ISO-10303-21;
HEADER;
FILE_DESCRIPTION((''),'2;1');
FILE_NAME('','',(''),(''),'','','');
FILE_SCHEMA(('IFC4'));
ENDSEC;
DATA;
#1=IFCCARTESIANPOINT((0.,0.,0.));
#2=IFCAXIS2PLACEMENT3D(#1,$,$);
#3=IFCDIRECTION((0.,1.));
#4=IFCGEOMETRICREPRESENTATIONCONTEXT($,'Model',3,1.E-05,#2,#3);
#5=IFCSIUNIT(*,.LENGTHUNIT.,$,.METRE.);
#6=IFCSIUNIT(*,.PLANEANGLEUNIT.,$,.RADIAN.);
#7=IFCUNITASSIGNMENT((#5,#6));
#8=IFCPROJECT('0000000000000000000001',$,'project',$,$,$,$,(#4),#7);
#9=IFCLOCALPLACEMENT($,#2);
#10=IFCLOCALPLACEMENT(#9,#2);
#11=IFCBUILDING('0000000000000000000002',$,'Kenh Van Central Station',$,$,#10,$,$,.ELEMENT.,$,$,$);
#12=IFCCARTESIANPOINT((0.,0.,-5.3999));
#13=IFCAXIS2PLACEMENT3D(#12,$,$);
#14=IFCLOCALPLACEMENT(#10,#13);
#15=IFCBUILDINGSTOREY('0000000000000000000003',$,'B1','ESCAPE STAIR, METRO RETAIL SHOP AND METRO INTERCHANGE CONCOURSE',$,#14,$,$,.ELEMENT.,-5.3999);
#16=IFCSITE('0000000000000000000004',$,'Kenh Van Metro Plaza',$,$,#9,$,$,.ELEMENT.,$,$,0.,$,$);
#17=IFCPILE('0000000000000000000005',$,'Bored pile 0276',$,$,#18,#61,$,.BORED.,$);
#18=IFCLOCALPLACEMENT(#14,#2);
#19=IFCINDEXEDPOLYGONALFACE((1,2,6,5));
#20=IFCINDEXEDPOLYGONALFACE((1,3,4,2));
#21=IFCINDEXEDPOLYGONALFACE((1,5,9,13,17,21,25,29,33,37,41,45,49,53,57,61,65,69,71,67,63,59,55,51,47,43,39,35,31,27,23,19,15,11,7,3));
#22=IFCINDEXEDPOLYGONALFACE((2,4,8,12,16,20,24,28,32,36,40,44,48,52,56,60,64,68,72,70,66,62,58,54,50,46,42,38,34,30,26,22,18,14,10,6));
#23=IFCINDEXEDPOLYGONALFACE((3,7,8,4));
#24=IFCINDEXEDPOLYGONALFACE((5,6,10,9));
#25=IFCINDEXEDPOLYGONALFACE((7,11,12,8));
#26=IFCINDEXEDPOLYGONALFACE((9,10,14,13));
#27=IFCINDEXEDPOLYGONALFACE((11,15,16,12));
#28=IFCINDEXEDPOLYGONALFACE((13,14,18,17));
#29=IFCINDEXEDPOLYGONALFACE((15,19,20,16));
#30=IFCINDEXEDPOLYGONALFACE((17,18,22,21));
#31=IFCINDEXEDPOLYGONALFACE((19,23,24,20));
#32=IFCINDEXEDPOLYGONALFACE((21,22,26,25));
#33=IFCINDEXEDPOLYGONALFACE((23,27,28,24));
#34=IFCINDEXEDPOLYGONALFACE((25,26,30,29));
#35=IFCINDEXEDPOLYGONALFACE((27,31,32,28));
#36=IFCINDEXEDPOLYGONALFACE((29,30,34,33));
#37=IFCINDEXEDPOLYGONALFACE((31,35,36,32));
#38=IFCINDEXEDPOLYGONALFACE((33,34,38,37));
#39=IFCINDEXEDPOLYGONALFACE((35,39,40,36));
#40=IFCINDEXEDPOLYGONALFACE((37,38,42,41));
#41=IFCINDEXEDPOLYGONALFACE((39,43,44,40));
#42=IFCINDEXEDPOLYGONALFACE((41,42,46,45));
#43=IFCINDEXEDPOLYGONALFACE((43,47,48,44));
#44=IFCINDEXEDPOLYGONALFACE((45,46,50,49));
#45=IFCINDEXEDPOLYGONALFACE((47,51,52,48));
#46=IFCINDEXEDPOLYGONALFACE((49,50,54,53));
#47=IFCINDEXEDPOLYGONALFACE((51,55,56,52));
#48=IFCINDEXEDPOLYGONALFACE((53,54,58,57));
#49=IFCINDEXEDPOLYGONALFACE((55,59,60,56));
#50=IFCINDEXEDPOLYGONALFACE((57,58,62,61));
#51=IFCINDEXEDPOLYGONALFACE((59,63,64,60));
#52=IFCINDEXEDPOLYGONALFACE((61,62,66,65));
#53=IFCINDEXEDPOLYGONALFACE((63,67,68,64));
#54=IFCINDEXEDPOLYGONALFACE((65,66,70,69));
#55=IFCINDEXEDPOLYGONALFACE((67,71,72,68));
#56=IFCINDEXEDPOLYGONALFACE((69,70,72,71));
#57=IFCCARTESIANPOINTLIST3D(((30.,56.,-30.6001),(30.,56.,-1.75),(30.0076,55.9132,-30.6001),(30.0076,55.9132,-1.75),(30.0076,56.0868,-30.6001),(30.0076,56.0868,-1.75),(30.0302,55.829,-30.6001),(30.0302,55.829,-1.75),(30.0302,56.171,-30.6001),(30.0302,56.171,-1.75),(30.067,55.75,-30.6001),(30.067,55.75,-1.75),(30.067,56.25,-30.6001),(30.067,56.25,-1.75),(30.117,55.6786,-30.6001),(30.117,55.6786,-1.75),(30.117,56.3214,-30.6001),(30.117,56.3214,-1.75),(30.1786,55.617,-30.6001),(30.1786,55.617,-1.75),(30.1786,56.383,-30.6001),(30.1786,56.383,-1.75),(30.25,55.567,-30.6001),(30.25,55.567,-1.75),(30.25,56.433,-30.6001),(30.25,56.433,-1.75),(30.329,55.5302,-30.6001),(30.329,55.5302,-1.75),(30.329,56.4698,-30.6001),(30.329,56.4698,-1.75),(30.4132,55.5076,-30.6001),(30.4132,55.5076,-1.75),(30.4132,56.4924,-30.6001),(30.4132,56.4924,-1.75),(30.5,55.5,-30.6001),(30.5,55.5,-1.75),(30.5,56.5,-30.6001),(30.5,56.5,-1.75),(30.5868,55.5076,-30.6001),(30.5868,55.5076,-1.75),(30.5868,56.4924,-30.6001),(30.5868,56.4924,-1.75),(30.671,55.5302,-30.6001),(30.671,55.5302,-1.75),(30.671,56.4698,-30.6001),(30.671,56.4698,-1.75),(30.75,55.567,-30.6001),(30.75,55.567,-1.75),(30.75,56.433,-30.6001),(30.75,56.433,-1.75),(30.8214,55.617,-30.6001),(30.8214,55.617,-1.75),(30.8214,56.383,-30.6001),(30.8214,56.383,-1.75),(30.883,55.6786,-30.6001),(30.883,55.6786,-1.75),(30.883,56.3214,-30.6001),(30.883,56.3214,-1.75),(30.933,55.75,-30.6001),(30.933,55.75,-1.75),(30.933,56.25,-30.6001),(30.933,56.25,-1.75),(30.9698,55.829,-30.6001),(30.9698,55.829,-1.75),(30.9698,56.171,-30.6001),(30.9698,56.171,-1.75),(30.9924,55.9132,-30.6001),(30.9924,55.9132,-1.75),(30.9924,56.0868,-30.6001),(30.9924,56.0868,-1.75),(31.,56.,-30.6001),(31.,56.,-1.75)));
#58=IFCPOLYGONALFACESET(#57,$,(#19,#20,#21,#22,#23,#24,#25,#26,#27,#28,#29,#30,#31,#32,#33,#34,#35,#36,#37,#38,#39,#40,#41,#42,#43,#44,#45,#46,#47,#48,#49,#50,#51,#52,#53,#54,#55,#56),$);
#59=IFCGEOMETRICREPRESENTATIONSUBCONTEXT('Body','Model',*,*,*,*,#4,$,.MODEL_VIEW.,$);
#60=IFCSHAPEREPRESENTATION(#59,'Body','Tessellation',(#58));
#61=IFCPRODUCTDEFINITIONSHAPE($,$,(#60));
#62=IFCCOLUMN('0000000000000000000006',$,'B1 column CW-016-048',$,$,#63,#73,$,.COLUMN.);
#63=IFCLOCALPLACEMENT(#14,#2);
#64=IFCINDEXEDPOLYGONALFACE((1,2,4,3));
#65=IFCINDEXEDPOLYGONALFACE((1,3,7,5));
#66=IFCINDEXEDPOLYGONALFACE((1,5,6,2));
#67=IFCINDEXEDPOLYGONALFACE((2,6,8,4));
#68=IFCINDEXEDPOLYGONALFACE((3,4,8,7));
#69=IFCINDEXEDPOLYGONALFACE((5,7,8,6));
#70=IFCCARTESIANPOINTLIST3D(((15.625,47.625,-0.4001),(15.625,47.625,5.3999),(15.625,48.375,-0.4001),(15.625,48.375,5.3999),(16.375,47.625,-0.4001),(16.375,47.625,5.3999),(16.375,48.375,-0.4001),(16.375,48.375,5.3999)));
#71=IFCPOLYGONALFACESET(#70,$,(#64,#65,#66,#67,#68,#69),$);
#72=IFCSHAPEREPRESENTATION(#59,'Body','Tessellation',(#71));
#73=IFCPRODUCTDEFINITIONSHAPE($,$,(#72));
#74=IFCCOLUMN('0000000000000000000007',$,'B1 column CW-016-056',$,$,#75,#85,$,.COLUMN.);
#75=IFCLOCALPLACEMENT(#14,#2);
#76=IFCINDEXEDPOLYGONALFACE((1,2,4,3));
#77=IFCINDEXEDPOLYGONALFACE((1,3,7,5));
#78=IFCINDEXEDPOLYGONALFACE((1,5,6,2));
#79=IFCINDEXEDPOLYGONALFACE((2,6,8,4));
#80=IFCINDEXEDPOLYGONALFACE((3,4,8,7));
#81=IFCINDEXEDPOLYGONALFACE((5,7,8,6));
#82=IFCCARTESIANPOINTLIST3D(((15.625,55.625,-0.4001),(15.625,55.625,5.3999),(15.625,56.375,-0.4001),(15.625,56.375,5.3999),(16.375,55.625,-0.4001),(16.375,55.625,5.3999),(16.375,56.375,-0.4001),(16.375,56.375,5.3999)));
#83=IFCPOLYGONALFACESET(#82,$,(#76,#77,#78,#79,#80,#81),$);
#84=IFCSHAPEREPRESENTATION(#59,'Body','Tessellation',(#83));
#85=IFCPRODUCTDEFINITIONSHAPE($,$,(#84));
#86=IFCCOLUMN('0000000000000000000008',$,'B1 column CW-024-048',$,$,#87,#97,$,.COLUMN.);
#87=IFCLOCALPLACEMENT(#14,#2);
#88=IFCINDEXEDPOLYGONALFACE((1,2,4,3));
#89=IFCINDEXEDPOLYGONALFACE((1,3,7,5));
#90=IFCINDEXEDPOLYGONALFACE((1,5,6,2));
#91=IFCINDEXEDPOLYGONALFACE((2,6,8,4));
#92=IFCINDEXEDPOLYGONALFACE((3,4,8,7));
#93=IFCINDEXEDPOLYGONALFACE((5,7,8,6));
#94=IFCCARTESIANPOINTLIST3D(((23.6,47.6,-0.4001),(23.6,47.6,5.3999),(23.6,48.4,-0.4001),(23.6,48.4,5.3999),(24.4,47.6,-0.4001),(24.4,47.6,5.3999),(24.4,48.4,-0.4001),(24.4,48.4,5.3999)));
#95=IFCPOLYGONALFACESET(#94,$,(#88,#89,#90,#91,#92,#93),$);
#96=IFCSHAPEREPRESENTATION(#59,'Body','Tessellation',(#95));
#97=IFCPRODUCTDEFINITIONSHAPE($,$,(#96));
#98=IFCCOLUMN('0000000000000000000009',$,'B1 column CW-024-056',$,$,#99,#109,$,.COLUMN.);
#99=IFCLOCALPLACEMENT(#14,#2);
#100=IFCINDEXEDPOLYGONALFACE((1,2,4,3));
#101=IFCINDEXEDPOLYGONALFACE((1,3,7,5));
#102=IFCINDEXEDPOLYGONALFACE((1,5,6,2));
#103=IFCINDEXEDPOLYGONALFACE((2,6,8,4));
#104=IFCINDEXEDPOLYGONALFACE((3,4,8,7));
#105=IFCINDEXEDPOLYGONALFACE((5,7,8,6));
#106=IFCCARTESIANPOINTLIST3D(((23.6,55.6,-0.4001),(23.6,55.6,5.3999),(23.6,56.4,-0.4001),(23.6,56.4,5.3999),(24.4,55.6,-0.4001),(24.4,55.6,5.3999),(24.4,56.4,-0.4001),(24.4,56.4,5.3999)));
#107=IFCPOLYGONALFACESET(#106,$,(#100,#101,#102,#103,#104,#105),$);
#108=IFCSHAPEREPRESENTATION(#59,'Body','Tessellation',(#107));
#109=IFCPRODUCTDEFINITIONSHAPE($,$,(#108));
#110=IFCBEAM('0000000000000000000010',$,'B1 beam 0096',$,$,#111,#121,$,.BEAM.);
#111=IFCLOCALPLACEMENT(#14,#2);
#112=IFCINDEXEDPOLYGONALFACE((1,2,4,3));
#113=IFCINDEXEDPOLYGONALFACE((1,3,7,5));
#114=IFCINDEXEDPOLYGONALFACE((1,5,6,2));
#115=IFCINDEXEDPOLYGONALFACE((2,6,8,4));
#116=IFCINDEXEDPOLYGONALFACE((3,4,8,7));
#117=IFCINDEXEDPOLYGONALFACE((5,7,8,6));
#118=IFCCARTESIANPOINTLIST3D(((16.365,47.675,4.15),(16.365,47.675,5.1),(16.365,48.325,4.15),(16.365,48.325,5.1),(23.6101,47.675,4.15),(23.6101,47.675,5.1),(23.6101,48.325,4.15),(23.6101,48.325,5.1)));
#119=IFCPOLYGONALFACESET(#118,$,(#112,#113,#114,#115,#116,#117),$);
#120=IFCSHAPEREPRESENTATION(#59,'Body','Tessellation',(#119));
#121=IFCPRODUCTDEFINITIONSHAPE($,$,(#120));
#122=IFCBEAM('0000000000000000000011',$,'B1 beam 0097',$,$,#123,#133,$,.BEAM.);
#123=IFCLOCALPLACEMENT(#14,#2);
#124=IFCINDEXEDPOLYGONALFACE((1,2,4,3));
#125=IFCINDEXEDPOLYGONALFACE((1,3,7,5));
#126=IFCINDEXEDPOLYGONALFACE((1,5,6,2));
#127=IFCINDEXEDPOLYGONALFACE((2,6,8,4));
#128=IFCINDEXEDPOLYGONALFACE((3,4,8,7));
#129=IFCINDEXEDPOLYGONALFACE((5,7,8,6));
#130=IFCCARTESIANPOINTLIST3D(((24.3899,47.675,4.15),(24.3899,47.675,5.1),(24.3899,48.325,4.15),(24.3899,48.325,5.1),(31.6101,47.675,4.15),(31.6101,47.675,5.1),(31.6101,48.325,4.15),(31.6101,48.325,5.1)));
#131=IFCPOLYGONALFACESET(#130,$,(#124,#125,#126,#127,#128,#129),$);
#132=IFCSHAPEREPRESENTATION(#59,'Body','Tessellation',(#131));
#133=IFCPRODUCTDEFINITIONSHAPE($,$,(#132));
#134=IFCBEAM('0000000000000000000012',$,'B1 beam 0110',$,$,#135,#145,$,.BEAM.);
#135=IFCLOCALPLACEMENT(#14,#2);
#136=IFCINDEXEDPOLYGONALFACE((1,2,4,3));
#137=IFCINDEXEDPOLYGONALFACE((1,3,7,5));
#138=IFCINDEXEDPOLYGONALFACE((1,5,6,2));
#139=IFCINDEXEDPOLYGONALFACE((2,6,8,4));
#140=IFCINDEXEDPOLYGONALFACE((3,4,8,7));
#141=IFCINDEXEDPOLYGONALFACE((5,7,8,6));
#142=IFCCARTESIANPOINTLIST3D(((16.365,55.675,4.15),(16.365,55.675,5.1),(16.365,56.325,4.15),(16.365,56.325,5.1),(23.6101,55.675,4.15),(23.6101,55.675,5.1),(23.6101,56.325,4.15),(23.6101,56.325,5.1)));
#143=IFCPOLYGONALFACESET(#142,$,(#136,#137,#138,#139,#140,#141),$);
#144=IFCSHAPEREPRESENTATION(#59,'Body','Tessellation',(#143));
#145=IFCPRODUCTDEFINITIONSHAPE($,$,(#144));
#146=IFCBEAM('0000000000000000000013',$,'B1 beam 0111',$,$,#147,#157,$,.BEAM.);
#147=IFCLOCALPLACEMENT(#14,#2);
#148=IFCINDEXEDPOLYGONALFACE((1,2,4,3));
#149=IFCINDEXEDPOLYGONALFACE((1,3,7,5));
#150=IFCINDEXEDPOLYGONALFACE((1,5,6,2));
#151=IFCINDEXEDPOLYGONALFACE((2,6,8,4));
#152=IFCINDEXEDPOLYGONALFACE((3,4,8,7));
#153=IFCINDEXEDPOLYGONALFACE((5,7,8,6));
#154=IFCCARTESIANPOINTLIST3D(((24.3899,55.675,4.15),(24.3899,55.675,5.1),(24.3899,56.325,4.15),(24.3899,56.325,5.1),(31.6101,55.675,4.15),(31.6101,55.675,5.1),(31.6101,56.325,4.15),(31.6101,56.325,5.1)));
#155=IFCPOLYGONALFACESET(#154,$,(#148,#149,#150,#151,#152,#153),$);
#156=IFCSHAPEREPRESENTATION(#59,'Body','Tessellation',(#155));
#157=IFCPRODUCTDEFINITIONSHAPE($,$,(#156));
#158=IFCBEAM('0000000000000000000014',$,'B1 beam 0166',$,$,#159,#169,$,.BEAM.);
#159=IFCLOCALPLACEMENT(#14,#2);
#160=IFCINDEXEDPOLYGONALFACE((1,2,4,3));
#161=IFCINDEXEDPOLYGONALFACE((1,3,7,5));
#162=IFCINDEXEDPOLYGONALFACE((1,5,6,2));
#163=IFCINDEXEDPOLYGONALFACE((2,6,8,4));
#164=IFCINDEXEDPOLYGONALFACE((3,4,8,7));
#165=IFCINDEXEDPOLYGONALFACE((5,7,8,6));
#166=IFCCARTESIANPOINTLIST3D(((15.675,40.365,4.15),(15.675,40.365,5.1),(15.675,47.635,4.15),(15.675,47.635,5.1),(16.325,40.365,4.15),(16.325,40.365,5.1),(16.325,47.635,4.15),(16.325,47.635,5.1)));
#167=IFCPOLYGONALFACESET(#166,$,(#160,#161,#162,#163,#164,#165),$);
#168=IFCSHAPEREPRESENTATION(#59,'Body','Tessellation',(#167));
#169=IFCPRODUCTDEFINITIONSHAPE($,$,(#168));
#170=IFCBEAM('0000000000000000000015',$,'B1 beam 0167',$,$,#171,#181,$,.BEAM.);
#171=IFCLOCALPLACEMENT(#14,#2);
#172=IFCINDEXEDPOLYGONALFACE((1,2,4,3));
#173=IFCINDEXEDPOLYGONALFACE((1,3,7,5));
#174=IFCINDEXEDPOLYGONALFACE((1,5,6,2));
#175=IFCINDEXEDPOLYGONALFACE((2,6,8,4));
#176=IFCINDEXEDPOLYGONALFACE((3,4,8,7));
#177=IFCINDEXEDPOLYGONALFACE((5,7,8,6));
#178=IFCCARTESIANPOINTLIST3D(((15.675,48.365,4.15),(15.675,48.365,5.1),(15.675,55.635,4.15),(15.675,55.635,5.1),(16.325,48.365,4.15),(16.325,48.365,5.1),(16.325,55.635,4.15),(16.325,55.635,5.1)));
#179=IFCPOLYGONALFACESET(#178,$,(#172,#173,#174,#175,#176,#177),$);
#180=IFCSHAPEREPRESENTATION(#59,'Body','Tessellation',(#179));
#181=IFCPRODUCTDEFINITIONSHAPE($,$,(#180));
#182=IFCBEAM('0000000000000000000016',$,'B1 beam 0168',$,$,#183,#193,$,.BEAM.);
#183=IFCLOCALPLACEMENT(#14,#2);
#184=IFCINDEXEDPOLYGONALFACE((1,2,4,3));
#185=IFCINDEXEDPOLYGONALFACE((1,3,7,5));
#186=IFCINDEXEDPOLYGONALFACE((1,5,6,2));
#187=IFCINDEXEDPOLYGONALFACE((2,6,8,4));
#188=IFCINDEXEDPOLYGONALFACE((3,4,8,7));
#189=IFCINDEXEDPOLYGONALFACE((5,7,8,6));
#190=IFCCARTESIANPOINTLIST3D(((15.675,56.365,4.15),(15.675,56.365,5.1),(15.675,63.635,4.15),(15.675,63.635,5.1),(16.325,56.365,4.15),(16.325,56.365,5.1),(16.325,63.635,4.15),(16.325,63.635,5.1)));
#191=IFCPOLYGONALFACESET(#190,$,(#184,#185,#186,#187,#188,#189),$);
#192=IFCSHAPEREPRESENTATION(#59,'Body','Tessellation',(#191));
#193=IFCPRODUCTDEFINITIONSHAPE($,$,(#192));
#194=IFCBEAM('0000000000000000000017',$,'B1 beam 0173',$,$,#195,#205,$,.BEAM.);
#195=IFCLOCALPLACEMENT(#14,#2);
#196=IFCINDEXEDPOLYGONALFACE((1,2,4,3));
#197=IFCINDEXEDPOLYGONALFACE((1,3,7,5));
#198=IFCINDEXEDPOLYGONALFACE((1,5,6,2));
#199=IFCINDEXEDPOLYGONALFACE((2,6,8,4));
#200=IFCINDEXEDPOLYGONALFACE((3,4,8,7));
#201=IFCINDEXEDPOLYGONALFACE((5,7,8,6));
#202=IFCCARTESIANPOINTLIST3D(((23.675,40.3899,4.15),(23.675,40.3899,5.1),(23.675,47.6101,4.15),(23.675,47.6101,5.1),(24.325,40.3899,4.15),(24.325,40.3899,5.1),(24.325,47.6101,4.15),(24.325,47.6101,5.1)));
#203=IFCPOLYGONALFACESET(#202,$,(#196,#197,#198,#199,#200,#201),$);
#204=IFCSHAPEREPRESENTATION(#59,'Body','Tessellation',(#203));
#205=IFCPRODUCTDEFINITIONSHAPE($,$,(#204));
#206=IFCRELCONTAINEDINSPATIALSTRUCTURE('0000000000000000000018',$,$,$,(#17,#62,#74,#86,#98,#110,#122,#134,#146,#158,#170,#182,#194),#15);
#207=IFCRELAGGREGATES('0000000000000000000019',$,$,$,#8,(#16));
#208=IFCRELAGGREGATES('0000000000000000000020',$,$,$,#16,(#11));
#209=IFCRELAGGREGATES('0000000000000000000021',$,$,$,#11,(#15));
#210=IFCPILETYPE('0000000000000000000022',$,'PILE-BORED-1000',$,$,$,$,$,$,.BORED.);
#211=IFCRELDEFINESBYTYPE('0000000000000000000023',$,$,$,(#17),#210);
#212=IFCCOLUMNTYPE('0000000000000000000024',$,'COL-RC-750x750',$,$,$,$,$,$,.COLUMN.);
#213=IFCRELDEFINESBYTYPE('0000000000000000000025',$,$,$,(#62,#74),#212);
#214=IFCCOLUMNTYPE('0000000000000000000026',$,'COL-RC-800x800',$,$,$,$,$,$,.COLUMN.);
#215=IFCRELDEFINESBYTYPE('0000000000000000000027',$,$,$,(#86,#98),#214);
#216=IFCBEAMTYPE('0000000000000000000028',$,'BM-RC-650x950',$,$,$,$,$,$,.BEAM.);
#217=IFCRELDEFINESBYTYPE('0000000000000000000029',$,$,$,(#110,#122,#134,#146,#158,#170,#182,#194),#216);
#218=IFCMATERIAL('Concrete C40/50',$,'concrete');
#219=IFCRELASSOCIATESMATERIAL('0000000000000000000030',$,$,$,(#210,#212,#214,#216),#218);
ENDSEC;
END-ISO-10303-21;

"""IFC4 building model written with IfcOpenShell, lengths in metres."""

from ifc_helpers import new_model, si_unit, direction, frame, origin, origin_2d, place, context, subcontext, project, spatial, rectangle, circle, extrude, material, material_profile, profile_set, type_object, element, save


model = new_model("IFC4")

# Units and contexts
model_context = context("Model", 3, precision=1e-05, world=origin(), true_north=direction((0.0, 1.0)))
body_context = subcontext(model_context, "Body", "Model", "MODEL_VIEW")
ifc_project = project(units=[si_unit("LENGTHUNIT", "METRE"), si_unit("PLANEANGLEUNIT", "RADIAN")], contexts=[model_context])

# Site, building, storey
site_placement = place(None, origin())
site = spatial("IfcSite", under=ifc_project, at=site_placement, Name="Kenh Van Metro Plaza", CompositionType="ELEMENT", RefElevation=0.0)
building_placement = place(site_placement, origin())
building = spatial("IfcBuilding", under=site, at=building_placement, Name="Kenh Van Central Station", CompositionType="ELEMENT")
storey_placement = place(building_placement, frame((0.0, 0.0, -5.3999)))
storey = spatial("IfcBuildingStorey", under=building, at=storey_placement, Name="B1", Description="ESCAPE STAIR, METRO RETAIL SHOP AND METRO INTERCHANGE CONCOURSE", CompositionType="ELEMENT", Elevation=-5.3999)

# Shared definitions
ifc_material_1 = material(Name="Concrete C40/50", Category="concrete")

# Pile
ifc_material_profile_1 = material_profile(ifc_material_1, circle(Radius=0.5, at=origin_2d()), Name="PILE D1000")
ifc_profile_set_1 = profile_set([ifc_material_profile_1], Name="Concrete C40/50")
pile_type = type_object("IfcPileType", Name="PILE-BORED-1000", PredefinedType="BORED", material=ifc_profile_set_1)
pile_1_placement = place(storey_placement, frame((30.5, 56.0, -1.75), z_axis=(0.0, 0.0, -1.0), x_axis=(1.0, 0.0, 0.0)))
element("IfcPile", 1, at=pile_1_placement, inside=storey, type_object=pile_type, Name="Bored pile 0276", PredefinedType="BORED", context=body_context, shape_type="SweptSolid", body=[
    extrude(circle(Radius=0.5, at=origin_2d()), origin(), (0.0, 0.0, 1.0), 28.8501),
])

# Columns
ifc_material_profile_2 = material_profile(ifc_material_1, rectangle(XDim=0.75, YDim=0.75, at=origin_2d()), Name="RC 750x750")
ifc_profile_set_2 = profile_set([ifc_material_profile_2], Name="Concrete C40/50")
column_type_1 = type_object("IfcColumnType", Name="COL-RC-750x750", PredefinedType="COLUMN", material=ifc_profile_set_2)
for number, where, z_axis, x_axis, name in (
    (2, (16.0, 48.0, -0.4001), (0.0, 0.0, 1.0), (1.0, 0.0, 0.0), "B1 column CW-016-048"),
    (3, (16.0, 56.0, -0.4001), (0.0, 0.0, 1.0), (1.0, 0.0, 0.0), "B1 column CW-016-056"),
):
    element("IfcColumn", number, at=place(storey_placement, frame(where, z_axis=z_axis, x_axis=x_axis)), inside=storey, type_object=column_type_1, Name=name, PredefinedType="COLUMN", context=body_context, shape_type="SweptSolid", body=[
        extrude(rectangle(XDim=0.75, YDim=0.75, at=origin_2d()), origin(), (0.0, 0.0, 1.0), 5.8),
    ])
ifc_material_profile_3 = material_profile(ifc_material_1, rectangle(XDim=0.8, YDim=0.8, at=origin_2d()), Name="RC 800x800")
ifc_profile_set_3 = profile_set([ifc_material_profile_3], Name="Concrete C40/50")
column_type_2 = type_object("IfcColumnType", Name="COL-RC-800x800", PredefinedType="COLUMN", material=ifc_profile_set_3)
for number, where, z_axis, x_axis, name in (
    (4, (24.0, 48.0, -0.4001), (0.0, 0.0, 1.0), (1.0, 0.0, 0.0), "B1 column CW-024-048"),
    (5, (24.0, 56.0, -0.4001), (0.0, 0.0, 1.0), (1.0, 0.0, 0.0), "B1 column CW-024-056"),
):
    element("IfcColumn", number, at=place(storey_placement, frame(where, z_axis=z_axis, x_axis=x_axis)), inside=storey, type_object=column_type_2, Name=name, PredefinedType="COLUMN", context=body_context, shape_type="SweptSolid", body=[
        extrude(rectangle(XDim=0.8, YDim=0.8, at=origin_2d()), origin(), (0.0, 0.0, 1.0), 5.8),
    ])

# Beams
ifc_material_profile_4 = material_profile(ifc_material_1, rectangle(XDim=0.6499, YDim=0.95, at=origin_2d()), Name="RC 650x950")
ifc_profile_set_4 = profile_set([ifc_material_profile_4], Name="Concrete C40/50")
beam_type_1 = type_object("IfcBeamType", Name="BM-RC-650x950", PredefinedType="BEAM", material=ifc_profile_set_4)
beam_1_placement = place(storey_placement, frame((16.365, 48.0, 4.625), z_axis=(1.0, 0.0, 0.0), x_axis=(0.0, 1.0, 0.0)))
element("IfcBeam", 6, at=beam_1_placement, inside=storey, type_object=beam_type_1, Name="B1 beam 0096", PredefinedType="BEAM", context=body_context, shape_type="SweptSolid", body=[
    extrude(rectangle(XDim=0.6499, YDim=0.95, at=origin_2d()), origin(), (0.0, 0.0, 1.0), 7.2451),
])
beam_2_placement = place(storey_placement, frame((24.3899, 48.0, 4.625), z_axis=(1.0, 0.0, 0.0), x_axis=(0.0, 1.0, 0.0)))
element("IfcBeam", 7, at=beam_2_placement, inside=storey, type_object=beam_type_1, Name="B1 beam 0097", PredefinedType="BEAM", context=body_context, shape_type="SweptSolid", body=[
    extrude(rectangle(XDim=0.6499, YDim=0.95, at=origin_2d()), origin(), (0.0, 0.0, 1.0), 7.2202),
])
beam_3_placement = place(storey_placement, frame((16.365, 56.0, 4.625), z_axis=(1.0, 0.0, 0.0), x_axis=(0.0, 1.0, 0.0)))
element("IfcBeam", 8, at=beam_3_placement, inside=storey, type_object=beam_type_1, Name="B1 beam 0110", PredefinedType="BEAM", context=body_context, shape_type="SweptSolid", body=[
    extrude(rectangle(XDim=0.6499, YDim=0.95, at=origin_2d()), origin(), (0.0, 0.0, 1.0), 7.2451),
])
beam_4_placement = place(storey_placement, frame((24.3899, 56.0, 4.625), z_axis=(1.0, 0.0, 0.0), x_axis=(0.0, 1.0, 0.0)))
element("IfcBeam", 9, at=beam_4_placement, inside=storey, type_object=beam_type_1, Name="B1 beam 0111", PredefinedType="BEAM", context=body_context, shape_type="SweptSolid", body=[
    extrude(rectangle(XDim=0.6499, YDim=0.95, at=origin_2d()), origin(), (0.0, 0.0, 1.0), 7.2202),
])
for number, where, z_axis, x_axis, name in (
    (10, (16.0, 40.365, 4.625), (0.0, 1.0, 0.0), (-1.0, 0.0, 0.0), "B1 beam 0166"),
    (11, (16.0, 48.365, 4.625), (0.0, 1.0, 0.0), (-1.0, 0.0, 0.0), "B1 beam 0167"),
    (12, (16.0, 56.365, 4.625), (0.0, 1.0, 0.0), (-1.0, 0.0, 0.0), "B1 beam 0168"),
):
    element("IfcBeam", number, at=place(storey_placement, frame(where, z_axis=z_axis, x_axis=x_axis)), inside=storey, type_object=beam_type_1, Name=name, PredefinedType="BEAM", context=body_context, shape_type="SweptSolid", body=[
        extrude(rectangle(XDim=0.6499, YDim=0.95, at=origin_2d()), origin(), (0.0, 0.0, 1.0), 7.27),
    ])
for number, where, z_axis, x_axis, name in (
    (13, (24.0, 40.3899, 4.625), (0.0, 1.0, 0.0), (-1.0, 0.0, 0.0), "B1 beam 0173"),
):
    element("IfcBeam", number, at=place(storey_placement, frame(where, z_axis=z_axis, x_axis=x_axis)), inside=storey, type_object=beam_type_1, Name=name, PredefinedType="BEAM", context=body_context, shape_type="SweptSolid", body=[
        extrude(rectangle(XDim=0.6499, YDim=0.95, at=origin_2d()), origin(), (0.0, 0.0, 1.0), 7.2202),
    ])

save(model, "model.ifc")
